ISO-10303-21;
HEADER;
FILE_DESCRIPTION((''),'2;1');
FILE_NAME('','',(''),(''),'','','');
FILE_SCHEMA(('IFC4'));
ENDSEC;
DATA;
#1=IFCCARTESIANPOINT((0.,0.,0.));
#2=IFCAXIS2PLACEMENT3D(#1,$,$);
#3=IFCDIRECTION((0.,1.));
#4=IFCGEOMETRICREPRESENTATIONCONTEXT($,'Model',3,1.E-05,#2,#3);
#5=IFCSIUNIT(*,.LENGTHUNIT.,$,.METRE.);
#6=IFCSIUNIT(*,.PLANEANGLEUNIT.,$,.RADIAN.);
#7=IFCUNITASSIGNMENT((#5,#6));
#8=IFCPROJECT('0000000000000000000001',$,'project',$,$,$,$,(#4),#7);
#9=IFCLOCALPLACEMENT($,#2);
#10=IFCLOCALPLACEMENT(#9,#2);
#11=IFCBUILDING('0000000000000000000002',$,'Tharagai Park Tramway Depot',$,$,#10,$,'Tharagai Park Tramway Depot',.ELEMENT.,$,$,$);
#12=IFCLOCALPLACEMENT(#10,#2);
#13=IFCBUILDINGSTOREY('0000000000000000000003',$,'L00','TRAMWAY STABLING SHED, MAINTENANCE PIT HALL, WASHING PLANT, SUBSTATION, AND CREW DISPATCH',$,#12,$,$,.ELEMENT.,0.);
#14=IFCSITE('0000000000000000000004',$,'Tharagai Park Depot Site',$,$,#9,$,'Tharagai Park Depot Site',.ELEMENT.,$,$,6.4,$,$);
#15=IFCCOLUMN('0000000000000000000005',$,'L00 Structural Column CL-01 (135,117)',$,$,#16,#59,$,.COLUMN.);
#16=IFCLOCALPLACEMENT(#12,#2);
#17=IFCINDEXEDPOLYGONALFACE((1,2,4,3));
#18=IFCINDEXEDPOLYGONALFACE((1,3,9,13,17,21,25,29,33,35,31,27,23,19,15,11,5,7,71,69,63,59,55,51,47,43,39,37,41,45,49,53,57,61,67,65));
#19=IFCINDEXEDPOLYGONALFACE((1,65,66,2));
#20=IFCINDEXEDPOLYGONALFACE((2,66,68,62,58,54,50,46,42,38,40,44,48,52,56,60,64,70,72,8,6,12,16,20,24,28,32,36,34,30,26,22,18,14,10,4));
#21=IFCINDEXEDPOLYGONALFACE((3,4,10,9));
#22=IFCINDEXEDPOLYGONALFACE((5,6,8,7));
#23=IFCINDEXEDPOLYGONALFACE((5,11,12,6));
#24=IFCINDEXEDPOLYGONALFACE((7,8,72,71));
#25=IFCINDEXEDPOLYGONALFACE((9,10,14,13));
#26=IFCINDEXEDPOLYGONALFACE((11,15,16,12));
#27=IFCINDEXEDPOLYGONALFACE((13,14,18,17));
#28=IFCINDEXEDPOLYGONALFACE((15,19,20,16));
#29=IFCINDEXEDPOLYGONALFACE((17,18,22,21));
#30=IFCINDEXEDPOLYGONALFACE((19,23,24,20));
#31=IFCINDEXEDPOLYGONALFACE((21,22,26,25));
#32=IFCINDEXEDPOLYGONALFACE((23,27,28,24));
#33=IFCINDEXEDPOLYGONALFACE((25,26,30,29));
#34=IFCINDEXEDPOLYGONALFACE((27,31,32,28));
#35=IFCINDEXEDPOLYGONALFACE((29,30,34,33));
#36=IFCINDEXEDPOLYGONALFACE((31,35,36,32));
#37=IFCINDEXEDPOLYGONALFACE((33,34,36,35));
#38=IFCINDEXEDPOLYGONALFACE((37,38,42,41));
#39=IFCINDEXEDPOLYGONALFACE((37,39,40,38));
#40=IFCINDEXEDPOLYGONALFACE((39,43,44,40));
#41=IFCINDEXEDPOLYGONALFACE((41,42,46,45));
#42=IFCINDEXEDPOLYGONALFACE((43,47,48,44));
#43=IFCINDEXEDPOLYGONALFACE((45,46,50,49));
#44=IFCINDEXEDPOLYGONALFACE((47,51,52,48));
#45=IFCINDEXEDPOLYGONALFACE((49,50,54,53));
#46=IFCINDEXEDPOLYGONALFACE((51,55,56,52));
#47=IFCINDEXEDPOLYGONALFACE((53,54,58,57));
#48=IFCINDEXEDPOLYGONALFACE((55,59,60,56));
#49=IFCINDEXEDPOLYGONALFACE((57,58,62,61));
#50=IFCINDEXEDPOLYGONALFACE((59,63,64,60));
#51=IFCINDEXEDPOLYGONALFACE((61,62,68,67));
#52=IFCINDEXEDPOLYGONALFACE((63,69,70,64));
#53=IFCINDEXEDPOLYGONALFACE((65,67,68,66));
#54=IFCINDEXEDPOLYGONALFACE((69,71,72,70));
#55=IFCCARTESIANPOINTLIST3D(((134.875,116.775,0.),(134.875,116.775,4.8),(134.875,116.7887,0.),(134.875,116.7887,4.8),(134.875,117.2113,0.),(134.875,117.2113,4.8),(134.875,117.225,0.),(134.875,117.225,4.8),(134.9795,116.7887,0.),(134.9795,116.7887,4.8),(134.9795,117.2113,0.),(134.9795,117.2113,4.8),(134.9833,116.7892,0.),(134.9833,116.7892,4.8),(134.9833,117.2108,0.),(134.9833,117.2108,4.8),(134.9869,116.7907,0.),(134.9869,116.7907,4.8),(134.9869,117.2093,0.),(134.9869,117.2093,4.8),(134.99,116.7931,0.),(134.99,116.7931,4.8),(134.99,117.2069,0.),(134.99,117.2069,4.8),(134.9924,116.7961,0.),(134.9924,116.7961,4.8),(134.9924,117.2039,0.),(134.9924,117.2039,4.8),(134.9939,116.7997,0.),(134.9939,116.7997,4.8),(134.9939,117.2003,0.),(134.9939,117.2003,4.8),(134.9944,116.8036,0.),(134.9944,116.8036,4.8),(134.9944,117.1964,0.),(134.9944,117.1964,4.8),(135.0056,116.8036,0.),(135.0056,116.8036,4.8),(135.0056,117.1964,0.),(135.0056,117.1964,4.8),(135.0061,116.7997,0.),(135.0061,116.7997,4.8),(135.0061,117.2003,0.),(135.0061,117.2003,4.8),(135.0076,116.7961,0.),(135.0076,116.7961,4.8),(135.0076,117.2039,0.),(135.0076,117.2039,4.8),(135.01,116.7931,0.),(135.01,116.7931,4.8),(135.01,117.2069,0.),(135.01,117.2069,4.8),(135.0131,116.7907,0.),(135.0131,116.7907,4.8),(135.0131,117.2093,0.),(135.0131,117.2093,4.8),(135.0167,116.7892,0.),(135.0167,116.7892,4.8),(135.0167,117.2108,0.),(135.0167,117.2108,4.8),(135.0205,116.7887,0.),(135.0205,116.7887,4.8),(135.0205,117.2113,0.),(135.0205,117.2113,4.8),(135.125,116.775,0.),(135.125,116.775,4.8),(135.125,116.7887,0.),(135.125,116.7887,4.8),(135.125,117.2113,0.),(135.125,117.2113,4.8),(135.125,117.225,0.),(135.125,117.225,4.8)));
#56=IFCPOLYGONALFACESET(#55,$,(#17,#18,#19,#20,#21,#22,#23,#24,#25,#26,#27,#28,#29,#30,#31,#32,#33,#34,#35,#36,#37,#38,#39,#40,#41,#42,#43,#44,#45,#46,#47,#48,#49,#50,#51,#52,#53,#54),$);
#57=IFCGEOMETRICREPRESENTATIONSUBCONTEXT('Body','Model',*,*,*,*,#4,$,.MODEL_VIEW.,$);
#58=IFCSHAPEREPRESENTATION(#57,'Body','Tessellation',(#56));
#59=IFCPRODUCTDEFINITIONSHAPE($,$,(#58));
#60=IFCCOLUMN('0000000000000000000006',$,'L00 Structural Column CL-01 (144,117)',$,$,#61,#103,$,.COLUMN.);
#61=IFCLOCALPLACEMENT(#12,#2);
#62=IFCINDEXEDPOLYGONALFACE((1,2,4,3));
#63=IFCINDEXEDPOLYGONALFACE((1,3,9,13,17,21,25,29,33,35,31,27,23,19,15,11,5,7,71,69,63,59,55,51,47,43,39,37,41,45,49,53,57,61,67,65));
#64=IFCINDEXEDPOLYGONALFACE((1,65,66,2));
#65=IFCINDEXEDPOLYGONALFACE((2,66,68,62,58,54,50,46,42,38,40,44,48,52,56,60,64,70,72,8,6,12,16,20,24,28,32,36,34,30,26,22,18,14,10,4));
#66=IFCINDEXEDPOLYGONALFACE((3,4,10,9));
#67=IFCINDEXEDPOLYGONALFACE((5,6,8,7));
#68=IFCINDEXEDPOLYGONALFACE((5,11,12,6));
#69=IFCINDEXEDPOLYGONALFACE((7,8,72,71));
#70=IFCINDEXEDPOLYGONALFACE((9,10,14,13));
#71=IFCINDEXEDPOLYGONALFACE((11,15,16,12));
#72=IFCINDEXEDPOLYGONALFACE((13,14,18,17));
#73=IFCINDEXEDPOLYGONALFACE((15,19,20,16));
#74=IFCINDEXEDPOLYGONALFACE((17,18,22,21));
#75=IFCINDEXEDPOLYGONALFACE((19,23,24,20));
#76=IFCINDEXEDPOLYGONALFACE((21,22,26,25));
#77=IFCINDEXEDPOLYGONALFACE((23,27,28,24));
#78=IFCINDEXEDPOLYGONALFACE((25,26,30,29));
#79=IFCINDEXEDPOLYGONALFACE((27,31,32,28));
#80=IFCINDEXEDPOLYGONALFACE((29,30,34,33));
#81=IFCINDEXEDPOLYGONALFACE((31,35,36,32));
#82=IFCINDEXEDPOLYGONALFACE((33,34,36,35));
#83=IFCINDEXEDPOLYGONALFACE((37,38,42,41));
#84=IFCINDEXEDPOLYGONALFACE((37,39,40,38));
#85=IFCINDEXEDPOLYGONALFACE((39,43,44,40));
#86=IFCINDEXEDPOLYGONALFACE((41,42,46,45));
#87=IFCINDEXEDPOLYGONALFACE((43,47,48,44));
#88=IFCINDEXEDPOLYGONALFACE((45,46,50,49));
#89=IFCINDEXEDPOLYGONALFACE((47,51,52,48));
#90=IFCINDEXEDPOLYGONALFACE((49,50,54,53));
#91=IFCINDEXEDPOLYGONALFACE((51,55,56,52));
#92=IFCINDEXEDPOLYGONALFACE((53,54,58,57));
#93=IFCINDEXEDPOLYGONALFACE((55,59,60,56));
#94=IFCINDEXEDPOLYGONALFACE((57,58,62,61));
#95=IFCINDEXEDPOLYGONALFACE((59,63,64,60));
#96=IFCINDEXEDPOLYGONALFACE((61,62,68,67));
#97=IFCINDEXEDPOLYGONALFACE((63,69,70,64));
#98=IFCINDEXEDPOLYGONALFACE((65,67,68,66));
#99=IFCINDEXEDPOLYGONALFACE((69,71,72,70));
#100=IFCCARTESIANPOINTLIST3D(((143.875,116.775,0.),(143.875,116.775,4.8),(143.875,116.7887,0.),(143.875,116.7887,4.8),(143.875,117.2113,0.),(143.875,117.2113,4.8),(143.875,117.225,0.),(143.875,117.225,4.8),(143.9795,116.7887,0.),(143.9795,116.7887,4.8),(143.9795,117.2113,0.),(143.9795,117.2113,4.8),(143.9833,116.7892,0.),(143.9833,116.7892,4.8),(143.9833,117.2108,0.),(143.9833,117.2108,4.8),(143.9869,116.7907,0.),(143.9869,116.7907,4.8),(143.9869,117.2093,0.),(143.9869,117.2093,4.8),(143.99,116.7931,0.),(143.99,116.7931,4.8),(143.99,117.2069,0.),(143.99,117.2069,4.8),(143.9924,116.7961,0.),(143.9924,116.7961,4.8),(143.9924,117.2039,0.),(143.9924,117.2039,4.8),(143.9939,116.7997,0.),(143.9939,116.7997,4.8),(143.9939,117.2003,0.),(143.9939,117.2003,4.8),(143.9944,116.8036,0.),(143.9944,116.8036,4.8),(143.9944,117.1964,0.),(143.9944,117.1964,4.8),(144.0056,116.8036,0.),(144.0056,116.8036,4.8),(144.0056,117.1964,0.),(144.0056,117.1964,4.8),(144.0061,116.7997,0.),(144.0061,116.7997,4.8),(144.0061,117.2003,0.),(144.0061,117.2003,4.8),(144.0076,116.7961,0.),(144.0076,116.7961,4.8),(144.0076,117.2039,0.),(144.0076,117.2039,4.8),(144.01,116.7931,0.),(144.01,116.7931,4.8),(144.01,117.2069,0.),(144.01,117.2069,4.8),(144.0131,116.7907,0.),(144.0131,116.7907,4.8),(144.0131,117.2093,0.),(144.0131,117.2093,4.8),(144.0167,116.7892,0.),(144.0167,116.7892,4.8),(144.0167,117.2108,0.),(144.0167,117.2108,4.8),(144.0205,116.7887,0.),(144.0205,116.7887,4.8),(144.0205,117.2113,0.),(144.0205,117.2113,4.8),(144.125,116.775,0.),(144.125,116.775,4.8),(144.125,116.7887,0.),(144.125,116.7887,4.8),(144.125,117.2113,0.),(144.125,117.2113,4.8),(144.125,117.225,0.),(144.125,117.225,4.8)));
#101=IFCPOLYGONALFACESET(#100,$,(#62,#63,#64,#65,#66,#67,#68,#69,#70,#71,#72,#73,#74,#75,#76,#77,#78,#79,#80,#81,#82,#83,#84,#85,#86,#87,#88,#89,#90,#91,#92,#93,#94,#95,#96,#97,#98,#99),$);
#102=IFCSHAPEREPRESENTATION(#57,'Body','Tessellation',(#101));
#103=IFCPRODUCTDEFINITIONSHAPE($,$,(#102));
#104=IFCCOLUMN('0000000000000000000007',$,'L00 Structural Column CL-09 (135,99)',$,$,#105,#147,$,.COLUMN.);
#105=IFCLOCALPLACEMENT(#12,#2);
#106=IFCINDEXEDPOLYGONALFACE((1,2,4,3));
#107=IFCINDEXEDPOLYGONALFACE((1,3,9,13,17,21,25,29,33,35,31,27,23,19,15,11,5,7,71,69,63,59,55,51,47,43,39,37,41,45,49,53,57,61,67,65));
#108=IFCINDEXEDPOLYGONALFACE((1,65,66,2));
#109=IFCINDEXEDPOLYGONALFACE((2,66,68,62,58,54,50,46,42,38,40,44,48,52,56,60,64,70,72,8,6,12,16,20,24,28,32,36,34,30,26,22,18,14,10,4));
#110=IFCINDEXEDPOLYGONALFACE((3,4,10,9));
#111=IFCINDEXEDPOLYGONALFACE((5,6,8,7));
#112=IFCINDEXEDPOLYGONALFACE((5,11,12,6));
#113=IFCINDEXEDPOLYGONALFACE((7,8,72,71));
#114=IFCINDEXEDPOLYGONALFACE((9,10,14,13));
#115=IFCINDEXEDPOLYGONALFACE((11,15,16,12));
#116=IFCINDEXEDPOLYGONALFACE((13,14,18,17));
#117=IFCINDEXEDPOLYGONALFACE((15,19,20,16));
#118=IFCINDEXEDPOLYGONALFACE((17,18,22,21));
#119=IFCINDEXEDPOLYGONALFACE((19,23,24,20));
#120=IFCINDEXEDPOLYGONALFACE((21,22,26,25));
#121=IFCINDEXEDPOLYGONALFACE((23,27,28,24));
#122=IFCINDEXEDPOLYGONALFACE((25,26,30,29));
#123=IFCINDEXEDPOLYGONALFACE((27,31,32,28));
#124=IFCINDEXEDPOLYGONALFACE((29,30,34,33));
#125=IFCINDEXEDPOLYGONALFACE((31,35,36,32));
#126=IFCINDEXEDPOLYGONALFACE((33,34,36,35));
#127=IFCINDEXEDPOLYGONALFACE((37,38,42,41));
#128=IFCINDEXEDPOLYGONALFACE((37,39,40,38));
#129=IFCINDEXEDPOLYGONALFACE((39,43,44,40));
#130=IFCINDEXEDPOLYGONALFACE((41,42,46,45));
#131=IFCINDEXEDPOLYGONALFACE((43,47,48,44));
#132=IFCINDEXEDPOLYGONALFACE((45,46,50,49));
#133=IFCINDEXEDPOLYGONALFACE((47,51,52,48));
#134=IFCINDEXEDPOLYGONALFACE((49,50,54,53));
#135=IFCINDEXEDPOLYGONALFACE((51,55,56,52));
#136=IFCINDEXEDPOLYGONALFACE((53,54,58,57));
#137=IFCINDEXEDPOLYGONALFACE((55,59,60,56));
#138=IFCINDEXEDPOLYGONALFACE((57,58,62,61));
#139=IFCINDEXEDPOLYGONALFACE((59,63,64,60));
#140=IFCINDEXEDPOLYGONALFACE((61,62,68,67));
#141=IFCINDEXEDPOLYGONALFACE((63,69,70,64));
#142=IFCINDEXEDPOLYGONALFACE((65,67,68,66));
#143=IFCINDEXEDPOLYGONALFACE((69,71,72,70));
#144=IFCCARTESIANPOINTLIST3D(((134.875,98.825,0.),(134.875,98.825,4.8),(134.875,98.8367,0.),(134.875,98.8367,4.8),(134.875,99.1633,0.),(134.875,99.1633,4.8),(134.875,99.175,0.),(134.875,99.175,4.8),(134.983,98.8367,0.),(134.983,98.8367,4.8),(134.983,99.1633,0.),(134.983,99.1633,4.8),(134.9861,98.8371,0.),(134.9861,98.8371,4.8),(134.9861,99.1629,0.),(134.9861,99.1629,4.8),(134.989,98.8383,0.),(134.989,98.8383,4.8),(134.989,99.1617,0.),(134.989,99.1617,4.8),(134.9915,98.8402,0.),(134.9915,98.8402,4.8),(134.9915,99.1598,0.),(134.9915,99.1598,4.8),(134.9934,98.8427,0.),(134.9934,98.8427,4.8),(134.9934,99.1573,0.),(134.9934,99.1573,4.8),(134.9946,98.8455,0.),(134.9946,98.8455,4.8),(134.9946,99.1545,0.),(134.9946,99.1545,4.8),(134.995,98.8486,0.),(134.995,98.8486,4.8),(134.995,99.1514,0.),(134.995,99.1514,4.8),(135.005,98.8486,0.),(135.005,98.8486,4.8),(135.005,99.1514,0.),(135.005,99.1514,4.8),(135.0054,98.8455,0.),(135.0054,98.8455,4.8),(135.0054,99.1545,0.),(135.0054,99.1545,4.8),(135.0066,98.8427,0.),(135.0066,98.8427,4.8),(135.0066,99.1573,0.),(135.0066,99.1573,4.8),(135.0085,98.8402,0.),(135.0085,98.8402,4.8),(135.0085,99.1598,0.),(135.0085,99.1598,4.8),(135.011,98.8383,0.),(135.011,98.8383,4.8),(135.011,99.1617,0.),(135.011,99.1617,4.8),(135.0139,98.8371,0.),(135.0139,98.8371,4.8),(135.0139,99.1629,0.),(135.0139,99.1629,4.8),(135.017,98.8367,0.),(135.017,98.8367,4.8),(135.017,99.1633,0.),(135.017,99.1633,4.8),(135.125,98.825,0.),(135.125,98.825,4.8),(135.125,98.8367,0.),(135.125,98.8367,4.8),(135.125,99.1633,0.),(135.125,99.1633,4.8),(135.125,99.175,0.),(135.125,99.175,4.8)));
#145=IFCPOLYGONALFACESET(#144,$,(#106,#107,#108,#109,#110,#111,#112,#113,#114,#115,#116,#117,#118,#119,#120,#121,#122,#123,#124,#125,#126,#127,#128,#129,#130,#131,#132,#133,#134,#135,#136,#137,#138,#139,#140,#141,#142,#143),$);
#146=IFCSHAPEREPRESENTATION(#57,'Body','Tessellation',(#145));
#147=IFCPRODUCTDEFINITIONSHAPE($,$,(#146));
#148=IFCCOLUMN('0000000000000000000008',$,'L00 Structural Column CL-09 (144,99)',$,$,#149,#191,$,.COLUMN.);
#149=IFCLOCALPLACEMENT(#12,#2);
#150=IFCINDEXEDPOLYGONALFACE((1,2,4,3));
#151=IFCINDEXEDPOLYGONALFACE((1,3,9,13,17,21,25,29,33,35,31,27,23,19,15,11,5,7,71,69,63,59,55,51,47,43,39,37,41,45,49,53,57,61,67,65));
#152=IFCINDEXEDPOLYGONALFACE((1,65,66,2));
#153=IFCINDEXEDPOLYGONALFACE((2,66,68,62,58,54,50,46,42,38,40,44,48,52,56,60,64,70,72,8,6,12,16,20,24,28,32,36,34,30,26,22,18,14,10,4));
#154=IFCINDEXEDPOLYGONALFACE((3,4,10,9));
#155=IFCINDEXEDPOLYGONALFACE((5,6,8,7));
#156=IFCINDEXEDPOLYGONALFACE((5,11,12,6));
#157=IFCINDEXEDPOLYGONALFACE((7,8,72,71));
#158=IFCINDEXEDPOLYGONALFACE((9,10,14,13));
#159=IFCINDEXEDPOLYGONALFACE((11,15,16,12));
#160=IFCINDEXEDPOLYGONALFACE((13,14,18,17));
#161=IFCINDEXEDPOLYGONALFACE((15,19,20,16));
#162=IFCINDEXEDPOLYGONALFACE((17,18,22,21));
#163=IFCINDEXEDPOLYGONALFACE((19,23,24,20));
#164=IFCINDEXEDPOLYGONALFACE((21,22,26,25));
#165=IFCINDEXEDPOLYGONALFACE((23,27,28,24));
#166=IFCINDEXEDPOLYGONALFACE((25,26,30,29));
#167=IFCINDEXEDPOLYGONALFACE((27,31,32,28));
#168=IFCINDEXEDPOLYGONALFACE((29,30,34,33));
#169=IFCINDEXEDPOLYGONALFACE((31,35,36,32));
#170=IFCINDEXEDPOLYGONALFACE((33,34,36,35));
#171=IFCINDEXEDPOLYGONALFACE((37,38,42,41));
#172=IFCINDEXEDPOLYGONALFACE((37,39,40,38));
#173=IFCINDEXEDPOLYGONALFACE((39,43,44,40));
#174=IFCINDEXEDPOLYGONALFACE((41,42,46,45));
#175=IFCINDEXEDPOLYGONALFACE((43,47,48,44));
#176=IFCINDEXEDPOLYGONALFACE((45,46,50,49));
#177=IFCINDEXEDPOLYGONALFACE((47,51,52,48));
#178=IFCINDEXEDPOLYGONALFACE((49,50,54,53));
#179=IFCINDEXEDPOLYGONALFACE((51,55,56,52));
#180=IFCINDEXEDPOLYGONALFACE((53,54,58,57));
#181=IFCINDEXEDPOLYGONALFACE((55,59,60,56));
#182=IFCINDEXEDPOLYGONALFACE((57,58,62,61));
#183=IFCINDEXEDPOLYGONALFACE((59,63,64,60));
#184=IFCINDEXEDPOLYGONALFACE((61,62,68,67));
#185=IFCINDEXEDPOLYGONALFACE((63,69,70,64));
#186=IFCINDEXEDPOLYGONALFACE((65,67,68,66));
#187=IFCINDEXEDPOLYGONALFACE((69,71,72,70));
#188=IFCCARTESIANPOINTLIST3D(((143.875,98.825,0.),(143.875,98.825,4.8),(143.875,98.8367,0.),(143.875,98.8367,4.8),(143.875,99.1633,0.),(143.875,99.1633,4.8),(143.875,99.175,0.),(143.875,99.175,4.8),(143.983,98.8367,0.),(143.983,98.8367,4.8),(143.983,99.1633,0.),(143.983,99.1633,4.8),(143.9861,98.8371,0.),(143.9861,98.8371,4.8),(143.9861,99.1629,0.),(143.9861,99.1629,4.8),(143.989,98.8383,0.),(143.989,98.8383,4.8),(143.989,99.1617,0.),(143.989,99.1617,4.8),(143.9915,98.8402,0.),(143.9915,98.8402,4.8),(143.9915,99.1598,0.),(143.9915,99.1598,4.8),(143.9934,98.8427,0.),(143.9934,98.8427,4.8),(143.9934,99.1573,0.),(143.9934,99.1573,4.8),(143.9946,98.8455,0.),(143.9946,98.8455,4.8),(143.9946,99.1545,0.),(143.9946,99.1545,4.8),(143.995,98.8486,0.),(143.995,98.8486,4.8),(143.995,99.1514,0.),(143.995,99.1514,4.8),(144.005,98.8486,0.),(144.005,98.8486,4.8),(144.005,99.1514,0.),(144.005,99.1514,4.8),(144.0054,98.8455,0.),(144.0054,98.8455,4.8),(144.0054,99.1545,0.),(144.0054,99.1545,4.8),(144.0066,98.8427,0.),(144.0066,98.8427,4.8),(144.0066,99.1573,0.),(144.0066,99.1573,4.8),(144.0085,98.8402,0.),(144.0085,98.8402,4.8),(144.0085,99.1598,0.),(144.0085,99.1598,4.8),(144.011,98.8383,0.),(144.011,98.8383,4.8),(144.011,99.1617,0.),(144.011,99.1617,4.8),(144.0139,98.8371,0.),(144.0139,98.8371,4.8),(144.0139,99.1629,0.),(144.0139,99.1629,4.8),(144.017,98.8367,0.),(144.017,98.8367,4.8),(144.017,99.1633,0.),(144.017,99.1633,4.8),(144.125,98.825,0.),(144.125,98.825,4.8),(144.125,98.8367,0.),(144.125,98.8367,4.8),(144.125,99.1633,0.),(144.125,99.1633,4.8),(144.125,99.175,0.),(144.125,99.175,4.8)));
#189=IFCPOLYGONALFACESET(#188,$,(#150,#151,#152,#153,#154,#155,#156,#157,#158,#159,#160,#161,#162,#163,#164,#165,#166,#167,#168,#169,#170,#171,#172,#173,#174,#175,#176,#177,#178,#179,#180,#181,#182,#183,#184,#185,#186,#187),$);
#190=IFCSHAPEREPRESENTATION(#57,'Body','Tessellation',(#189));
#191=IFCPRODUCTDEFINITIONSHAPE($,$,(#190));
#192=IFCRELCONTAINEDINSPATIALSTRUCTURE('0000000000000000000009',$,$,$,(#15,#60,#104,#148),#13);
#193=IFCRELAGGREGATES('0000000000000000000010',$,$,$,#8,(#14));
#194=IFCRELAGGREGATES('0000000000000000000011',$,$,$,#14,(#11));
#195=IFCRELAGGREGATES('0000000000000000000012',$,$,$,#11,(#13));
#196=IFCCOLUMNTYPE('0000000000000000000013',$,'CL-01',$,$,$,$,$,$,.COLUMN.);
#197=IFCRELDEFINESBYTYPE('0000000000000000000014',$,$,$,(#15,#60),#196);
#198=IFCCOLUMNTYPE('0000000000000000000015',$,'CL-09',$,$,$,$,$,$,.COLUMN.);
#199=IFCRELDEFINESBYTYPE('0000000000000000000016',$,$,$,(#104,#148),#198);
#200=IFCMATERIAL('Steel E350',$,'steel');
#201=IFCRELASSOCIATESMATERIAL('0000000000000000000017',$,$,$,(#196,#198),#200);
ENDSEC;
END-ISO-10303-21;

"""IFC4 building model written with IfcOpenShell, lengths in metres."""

from ifc_helpers import new_model, si_unit, direction, frame, origin, origin_2d, place, context, subcontext, project, spatial, i_section, extrude, material, material_profile, profile_set, type_object, element, save


model = new_model("IFC4")

# Units and contexts
model_context = context("Model", 3, precision=1e-05, world=origin(), true_north=direction((0.0, 1.0)))
body_context = subcontext(model_context, "Body", "Model", "MODEL_VIEW")
ifc_project = project(units=[si_unit("LENGTHUNIT", "METRE"), si_unit("PLANEANGLEUNIT", "RADIAN")], contexts=[model_context])

# Site, building, storey
site_placement = place(None, origin())
site = spatial("IfcSite", under=ifc_project, at=site_placement, Name="Tharagai Park Depot Site", LongName="Tharagai Park Depot Site", CompositionType="ELEMENT", RefElevation=6.4)
building_placement = place(site_placement, origin())
building = spatial("IfcBuilding", under=site, at=building_placement, Name="Tharagai Park Tramway Depot", LongName="Tharagai Park Tramway Depot", CompositionType="ELEMENT")
storey_placement = place(building_placement, origin())
storey = spatial("IfcBuildingStorey", under=building, at=storey_placement, Name="L00", Description="TRAMWAY STABLING SHED, MAINTENANCE PIT HALL, WASHING PLANT, SUBSTATION, AND CREW DISPATCH", CompositionType="ELEMENT", Elevation=0.0)

# Columns
ifc_material_1 = material(Name="Steel E350", Category="steel")
ifc_material_profile_1 = material_profile(ifc_material_1, i_section(OverallWidth=0.25, OverallDepth=0.45, WebThickness=0.0112, FlangeThickness=0.0137, FilletRadius=0.0149, at=origin_2d()), Name="ISHB 450")
ifc_profile_set_1 = profile_set([ifc_material_profile_1], Name="Steel E350")
column_type_1 = type_object("IfcColumnType", Name="CL-01", PredefinedType="COLUMN", material=ifc_profile_set_1)
for number, where, z_axis, x_axis, name in (
    (1, (135.0, 117.0, 0.0), (0.0, 0.0, 1.0), (1.0, 0.0, 0.0), "L00 Structural Column CL-01 (135,117)"),
    (2, (144.0, 117.0, 0.0), (0.0, 0.0, 1.0), (1.0, 0.0, 0.0), "L00 Structural Column CL-01 (144,117)"),
):
    element("IfcColumn", number, at=place(storey_placement, frame(where, z_axis=z_axis, x_axis=x_axis)), inside=storey, type_object=column_type_1, Name=name, PredefinedType="COLUMN", context=body_context, shape_type="SweptSolid", body=[
        extrude(i_section(OverallWidth=0.25, OverallDepth=0.45, WebThickness=0.0112, FlangeThickness=0.0137, FilletRadius=0.0149, at=origin_2d()), origin(), (0.0, 0.0, 1.0), 4.8),
    ])
ifc_material_profile_2 = material_profile(ifc_material_1, i_section(OverallWidth=0.25, OverallDepth=0.3501, WebThickness=0.01, FlangeThickness=0.0117, FilletRadius=0.012, at=origin_2d()), Name="ISHB 350")
ifc_profile_set_2 = profile_set([ifc_material_profile_2], Name="Steel E350")
column_type_2 = type_object("IfcColumnType", Name="CL-09", PredefinedType="COLUMN", material=ifc_profile_set_2)
for number, where, z_axis, x_axis, name in (
    (3, (135.0, 99.0, 0.0), (0.0, 0.0, 1.0), (1.0, 0.0, 0.0), "L00 Structural Column CL-09 (135,99)"),
    (4, (144.0, 99.0, 0.0), (0.0, 0.0, 1.0), (1.0, 0.0, 0.0), "L00 Structural Column CL-09 (144,99)"),
):
    element("IfcColumn", number, at=place(storey_placement, frame(where, z_axis=z_axis, x_axis=x_axis)), inside=storey, type_object=column_type_2, Name=name, PredefinedType="COLUMN", context=body_context, shape_type="SweptSolid", body=[
        extrude(i_section(OverallWidth=0.25, OverallDepth=0.3501, WebThickness=0.01, FlangeThickness=0.0117, FilletRadius=0.012, at=origin_2d()), origin(), (0.0, 0.0, 1.0), 4.8),
    ])

save(model, "model.ifc")
